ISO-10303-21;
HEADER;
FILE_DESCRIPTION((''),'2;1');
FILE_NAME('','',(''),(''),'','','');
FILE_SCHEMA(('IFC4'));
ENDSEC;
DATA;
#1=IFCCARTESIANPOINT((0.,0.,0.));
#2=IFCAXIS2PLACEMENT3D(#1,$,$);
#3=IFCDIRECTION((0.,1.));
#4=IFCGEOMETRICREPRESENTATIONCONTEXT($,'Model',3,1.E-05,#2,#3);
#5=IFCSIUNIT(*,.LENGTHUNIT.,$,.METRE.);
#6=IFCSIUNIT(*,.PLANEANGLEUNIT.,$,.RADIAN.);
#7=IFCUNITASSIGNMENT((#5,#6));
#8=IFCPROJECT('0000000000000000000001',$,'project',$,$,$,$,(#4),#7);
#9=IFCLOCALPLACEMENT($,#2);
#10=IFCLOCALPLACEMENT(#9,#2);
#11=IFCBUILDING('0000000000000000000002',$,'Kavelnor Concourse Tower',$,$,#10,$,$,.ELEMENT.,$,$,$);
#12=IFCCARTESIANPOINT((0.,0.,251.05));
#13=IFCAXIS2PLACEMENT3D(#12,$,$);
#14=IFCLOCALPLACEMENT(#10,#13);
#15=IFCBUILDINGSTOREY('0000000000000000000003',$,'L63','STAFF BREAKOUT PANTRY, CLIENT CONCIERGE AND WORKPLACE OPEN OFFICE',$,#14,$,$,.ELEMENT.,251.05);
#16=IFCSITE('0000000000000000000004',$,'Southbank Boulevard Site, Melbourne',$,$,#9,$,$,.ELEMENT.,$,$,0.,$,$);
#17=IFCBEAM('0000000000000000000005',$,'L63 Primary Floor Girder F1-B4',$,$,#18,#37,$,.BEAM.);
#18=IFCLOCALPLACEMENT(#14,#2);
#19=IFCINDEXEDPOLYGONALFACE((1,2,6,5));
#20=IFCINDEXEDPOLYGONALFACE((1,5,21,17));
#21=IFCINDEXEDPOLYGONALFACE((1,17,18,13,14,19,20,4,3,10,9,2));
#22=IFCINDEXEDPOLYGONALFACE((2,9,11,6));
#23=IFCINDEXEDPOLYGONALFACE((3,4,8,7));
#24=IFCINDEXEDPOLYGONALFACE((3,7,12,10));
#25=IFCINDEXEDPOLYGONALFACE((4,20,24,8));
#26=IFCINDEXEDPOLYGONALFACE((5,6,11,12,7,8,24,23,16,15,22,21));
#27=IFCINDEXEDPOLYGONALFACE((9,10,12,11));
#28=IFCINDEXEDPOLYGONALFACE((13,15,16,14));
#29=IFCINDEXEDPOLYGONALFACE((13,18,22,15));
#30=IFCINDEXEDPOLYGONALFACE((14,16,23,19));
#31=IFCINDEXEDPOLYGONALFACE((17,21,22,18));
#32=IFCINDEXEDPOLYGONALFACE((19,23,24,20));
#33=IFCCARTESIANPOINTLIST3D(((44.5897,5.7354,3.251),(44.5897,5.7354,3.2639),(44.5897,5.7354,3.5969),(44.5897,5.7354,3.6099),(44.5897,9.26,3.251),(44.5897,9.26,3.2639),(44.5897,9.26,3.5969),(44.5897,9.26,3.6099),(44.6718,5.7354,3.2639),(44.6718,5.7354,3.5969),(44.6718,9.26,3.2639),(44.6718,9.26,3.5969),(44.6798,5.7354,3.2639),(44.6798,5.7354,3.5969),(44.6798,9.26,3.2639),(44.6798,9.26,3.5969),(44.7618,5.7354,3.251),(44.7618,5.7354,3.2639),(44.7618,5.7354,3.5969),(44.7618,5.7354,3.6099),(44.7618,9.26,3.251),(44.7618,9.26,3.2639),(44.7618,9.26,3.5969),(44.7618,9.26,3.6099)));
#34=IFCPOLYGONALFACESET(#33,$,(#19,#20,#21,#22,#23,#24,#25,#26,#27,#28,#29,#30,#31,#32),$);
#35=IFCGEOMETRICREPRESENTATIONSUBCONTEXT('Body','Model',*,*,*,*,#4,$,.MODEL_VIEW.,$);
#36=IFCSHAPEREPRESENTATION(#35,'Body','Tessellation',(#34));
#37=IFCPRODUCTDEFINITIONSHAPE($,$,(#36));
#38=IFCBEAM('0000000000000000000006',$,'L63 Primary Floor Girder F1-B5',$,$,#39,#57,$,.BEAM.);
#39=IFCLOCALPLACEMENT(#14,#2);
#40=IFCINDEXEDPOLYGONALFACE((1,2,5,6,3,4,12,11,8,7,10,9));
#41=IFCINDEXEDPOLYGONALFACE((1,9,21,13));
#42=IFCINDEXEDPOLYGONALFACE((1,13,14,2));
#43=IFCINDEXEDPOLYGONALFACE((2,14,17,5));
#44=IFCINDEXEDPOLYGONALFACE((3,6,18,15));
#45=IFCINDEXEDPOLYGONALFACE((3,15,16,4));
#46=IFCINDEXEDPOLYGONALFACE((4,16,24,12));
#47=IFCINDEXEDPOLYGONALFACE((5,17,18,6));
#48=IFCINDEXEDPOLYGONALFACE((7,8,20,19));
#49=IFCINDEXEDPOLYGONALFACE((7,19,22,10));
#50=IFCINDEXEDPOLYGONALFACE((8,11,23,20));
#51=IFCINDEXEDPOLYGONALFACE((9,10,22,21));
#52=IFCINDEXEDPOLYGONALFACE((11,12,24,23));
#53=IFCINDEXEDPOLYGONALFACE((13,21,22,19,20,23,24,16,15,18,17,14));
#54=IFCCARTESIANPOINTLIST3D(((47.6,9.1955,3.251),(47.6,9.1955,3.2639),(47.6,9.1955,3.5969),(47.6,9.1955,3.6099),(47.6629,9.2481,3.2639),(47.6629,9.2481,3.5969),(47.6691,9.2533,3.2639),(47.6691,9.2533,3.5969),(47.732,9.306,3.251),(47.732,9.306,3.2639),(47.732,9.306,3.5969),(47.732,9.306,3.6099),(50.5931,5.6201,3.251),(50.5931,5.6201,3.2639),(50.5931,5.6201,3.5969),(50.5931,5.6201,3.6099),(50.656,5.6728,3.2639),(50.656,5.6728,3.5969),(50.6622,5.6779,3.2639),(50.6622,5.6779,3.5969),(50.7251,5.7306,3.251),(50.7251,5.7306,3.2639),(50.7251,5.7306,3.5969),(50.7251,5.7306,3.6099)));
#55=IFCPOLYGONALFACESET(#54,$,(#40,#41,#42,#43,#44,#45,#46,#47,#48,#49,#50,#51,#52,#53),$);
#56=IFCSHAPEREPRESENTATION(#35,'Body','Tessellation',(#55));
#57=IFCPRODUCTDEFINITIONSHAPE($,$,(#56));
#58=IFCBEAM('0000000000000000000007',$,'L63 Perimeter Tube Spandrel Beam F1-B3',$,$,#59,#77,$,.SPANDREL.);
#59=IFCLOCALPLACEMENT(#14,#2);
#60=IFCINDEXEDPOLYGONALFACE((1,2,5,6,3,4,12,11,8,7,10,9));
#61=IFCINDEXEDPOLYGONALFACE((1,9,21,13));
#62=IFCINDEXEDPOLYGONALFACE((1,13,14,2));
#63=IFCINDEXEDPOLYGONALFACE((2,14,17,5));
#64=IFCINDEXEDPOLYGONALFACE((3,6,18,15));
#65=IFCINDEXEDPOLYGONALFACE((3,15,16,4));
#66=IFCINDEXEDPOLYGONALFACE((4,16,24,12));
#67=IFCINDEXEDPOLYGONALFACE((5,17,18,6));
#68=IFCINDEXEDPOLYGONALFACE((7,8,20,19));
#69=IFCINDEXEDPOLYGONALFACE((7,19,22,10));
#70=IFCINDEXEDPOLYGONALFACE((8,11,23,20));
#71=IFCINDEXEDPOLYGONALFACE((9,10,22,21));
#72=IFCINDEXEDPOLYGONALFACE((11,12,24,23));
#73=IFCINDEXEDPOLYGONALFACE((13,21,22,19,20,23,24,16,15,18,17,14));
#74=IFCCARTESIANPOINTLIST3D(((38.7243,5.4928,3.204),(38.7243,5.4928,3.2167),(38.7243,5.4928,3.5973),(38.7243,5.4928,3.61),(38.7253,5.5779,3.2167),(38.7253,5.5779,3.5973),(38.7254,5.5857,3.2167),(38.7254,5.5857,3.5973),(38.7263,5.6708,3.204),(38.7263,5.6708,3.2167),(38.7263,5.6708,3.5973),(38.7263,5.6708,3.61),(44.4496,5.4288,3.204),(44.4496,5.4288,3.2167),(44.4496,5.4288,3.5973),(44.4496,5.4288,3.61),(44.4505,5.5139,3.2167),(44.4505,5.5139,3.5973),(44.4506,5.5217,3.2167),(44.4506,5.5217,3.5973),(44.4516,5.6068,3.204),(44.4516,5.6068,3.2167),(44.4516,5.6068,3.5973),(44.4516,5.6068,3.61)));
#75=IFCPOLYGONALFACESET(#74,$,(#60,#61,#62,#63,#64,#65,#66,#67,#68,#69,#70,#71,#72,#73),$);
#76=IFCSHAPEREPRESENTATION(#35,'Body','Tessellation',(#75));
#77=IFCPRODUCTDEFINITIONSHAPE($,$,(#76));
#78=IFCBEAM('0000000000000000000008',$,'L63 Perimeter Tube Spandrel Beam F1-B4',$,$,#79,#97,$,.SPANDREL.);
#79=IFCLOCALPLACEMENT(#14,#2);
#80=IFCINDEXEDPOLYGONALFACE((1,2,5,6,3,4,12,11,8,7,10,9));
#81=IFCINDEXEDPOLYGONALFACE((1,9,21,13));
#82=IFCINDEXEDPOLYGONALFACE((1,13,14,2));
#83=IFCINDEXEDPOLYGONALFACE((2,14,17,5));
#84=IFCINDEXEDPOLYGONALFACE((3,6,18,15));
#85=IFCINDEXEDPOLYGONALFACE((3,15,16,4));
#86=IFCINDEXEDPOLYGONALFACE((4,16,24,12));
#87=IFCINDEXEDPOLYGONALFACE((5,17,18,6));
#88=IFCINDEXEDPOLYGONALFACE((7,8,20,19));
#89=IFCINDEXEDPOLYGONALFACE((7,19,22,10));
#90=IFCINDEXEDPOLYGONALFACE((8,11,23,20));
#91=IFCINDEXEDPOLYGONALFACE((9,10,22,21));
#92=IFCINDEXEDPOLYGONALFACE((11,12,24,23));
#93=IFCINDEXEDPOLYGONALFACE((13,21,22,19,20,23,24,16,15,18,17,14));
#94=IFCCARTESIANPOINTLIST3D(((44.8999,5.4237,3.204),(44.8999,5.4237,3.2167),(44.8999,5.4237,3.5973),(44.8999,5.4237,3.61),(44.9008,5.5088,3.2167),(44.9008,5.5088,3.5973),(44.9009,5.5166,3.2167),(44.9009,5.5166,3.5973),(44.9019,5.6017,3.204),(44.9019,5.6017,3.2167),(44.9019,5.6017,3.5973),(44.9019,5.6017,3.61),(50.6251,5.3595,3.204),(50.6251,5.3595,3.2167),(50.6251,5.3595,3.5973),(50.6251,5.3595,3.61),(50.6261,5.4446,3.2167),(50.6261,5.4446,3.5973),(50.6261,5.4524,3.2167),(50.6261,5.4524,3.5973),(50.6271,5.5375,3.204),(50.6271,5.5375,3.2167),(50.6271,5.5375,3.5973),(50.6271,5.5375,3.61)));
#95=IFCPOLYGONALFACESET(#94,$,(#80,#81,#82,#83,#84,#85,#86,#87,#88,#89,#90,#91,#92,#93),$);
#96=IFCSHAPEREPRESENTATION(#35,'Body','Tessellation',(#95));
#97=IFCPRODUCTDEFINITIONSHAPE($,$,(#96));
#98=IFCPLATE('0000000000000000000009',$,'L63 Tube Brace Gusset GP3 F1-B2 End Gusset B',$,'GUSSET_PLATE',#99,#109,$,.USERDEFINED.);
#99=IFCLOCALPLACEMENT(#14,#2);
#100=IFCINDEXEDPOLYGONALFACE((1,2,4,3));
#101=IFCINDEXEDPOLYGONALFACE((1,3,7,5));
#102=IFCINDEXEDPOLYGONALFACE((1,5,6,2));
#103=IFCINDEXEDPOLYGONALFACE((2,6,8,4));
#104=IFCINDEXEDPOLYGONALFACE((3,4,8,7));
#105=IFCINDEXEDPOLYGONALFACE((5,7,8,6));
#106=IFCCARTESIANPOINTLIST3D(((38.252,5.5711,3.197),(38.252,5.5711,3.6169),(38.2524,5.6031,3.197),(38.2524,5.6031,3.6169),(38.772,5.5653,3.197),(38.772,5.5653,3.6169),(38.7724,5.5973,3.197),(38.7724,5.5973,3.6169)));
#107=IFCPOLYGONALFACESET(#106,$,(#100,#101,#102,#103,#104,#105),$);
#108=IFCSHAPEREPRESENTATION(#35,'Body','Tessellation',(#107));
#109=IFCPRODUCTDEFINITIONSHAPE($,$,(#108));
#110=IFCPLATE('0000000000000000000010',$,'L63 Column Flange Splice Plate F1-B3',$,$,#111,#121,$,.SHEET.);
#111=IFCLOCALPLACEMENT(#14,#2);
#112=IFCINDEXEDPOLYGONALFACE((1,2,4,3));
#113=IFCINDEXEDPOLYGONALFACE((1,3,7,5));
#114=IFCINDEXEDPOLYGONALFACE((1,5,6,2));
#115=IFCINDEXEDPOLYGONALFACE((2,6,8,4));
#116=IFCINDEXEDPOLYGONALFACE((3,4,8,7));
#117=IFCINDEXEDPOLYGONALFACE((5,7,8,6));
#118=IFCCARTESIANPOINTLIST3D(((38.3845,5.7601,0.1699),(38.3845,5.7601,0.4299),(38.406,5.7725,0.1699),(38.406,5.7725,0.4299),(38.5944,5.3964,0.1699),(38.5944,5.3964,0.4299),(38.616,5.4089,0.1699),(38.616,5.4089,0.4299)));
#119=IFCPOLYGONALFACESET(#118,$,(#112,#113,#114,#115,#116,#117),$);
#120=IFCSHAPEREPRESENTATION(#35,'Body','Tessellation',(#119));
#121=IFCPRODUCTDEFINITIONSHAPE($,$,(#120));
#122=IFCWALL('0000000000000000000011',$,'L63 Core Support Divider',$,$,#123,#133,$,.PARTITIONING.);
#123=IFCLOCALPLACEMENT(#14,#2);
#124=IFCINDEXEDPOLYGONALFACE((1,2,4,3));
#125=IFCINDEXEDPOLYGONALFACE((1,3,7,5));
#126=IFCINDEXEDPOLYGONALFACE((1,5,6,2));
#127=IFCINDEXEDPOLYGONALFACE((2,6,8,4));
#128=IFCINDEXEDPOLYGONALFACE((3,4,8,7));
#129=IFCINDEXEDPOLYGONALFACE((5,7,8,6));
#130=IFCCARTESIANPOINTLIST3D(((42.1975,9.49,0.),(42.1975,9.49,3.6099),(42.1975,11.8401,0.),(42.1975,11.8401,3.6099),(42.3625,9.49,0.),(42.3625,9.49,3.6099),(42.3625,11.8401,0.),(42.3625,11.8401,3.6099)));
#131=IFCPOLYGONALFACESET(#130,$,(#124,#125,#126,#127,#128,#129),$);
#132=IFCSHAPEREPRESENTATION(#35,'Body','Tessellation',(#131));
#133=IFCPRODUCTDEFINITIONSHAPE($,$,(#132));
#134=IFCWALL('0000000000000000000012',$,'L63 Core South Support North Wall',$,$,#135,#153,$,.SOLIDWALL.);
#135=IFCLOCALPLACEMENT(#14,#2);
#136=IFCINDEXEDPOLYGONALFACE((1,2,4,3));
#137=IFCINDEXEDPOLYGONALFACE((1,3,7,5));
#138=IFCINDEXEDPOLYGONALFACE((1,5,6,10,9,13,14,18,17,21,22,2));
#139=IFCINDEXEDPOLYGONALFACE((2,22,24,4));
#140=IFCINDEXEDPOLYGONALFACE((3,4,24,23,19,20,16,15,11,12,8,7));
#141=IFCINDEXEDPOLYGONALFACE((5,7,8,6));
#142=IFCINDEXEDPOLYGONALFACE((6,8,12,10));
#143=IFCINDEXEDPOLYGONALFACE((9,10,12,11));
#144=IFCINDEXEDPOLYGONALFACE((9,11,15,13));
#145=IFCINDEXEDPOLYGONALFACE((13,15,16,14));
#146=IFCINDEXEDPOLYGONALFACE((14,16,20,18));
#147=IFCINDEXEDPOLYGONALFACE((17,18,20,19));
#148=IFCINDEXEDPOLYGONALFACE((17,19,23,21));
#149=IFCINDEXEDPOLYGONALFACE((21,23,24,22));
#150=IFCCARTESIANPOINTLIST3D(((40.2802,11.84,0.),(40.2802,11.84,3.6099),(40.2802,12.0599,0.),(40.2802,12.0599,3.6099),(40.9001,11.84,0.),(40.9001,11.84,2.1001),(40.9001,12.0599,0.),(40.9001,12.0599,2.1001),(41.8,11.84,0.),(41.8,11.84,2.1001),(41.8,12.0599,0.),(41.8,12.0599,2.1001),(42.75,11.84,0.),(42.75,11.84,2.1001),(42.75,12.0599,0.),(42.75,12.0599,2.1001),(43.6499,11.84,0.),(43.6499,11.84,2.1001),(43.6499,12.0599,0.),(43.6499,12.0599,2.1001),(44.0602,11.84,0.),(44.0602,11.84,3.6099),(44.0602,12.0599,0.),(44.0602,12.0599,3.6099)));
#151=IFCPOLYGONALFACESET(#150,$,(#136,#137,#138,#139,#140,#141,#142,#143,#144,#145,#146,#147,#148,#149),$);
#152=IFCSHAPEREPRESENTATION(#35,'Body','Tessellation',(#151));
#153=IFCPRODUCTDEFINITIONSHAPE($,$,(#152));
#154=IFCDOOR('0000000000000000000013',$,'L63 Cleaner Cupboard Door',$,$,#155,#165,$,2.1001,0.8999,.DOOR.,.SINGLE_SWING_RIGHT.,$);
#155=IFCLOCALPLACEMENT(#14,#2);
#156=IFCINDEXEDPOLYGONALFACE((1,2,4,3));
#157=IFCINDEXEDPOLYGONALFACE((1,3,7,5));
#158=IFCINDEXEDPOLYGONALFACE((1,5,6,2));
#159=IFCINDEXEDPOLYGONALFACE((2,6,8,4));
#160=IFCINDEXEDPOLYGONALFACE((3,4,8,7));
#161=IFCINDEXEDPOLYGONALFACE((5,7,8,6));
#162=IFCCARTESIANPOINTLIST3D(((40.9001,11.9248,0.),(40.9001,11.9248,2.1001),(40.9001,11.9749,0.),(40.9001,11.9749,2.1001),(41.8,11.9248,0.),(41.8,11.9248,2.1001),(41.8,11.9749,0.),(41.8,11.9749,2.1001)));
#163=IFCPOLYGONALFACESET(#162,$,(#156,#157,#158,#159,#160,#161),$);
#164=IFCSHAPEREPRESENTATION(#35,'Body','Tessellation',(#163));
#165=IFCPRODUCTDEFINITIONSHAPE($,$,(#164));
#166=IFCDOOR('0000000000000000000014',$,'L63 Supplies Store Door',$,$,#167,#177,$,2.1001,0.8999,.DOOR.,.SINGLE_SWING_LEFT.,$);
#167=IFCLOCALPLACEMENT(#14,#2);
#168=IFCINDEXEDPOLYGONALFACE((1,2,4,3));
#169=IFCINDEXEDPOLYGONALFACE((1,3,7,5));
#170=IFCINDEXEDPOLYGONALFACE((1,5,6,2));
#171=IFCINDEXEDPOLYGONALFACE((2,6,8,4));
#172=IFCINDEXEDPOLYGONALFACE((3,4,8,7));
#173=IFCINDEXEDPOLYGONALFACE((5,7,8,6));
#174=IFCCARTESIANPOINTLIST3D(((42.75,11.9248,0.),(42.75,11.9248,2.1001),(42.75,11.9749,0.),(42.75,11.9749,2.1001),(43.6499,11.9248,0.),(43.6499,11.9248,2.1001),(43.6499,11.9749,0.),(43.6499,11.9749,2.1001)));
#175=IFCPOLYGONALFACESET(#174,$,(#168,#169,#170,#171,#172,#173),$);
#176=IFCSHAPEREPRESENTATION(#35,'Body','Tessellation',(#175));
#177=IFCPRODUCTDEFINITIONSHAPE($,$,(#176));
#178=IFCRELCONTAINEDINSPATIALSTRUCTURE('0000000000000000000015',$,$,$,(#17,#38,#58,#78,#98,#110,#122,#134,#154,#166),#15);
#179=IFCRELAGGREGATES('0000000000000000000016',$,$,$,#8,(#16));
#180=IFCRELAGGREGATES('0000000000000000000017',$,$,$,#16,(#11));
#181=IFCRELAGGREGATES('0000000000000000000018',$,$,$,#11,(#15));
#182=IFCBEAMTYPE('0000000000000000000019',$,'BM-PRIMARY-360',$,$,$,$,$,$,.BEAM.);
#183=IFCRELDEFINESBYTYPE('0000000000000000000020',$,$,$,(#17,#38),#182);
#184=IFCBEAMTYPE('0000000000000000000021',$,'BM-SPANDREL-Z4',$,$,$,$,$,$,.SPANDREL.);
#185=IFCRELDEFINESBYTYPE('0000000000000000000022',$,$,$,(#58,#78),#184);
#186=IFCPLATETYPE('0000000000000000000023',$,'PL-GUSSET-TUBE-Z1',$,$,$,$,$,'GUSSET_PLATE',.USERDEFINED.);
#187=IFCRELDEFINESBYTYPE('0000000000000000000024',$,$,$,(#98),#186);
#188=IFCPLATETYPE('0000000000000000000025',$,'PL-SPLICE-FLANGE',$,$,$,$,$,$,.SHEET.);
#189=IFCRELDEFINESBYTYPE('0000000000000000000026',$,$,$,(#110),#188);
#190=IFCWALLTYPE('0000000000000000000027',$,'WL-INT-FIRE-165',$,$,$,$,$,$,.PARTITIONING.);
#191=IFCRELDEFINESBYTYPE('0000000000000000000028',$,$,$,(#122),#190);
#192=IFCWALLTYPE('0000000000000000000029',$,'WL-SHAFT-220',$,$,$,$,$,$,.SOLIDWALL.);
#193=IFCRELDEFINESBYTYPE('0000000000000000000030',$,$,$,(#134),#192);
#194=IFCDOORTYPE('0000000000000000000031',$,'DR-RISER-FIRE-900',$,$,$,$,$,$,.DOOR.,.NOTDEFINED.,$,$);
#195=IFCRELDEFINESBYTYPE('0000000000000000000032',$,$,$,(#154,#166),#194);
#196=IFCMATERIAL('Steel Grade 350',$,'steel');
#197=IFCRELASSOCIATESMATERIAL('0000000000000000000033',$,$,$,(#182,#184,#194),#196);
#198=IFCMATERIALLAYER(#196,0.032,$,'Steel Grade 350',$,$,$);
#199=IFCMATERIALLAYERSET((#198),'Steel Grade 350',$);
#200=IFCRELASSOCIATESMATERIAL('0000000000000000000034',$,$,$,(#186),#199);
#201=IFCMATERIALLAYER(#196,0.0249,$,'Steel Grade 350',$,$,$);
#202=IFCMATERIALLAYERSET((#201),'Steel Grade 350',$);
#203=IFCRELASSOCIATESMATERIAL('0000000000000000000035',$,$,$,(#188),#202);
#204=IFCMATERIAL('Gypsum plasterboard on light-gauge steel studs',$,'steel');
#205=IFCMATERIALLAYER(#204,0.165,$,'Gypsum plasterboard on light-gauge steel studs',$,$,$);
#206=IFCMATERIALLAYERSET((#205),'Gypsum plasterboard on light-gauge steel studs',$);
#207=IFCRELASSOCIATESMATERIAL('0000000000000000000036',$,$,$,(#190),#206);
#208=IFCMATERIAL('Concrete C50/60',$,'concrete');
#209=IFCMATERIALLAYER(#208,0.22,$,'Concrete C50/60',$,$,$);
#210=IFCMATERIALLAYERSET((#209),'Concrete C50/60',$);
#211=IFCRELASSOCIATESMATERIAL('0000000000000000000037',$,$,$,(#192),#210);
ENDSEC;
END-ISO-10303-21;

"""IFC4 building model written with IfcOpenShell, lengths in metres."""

from ifc_helpers import new_model, si_unit, direction, frame, frame_2d, origin, origin_2d, place, context, subcontext, project, spatial, rectangle, i_section, extrude, material, layer, layer_set, material_profile, profile_set, type_object, element, fill, save


model = new_model("IFC4")

# Units and contexts
model_context = context("Model", 3, precision=1e-05, world=origin(), true_north=direction((0.0, 1.0)))
body_context = subcontext(model_context, "Body", "Model", "MODEL_VIEW")
ifc_project = project(units=[si_unit("LENGTHUNIT", "METRE"), si_unit("PLANEANGLEUNIT", "RADIAN")], contexts=[model_context])

# Site, building, storey
site_placement = place(None, origin())
site = spatial("IfcSite", under=ifc_project, at=site_placement, Name="Southbank Boulevard Site, Melbourne", CompositionType="ELEMENT", RefElevation=0.0)
building_placement = place(site_placement, origin())
building = spatial("IfcBuilding", under=site, at=building_placement, Name="Kavelnor Concourse Tower", CompositionType="ELEMENT")
storey_placement = place(building_placement, frame((0.0, 0.0, 251.05)))
storey = spatial("IfcBuildingStorey", under=building, at=storey_placement, Name="L63", Description="STAFF BREAKOUT PANTRY, CLIENT CONCIERGE AND WORKPLACE OPEN OFFICE", CompositionType="ELEMENT", Elevation=251.05)

# Shared definitions
ifc_material_1 = material(Name="Steel Grade 350", Category="steel")

# Beams
ifc_material_profile_1 = material_profile(ifc_material_1, i_section(OverallWidth=0.1721, OverallDepth=0.3589, WebThickness=0.0081, FlangeThickness=0.0129, at=origin_2d()), Name="360UB56")
ifc_profile_set_1 = profile_set([ifc_material_profile_1], Name="Steel Grade 350")
beam_type_1 = type_object("IfcBeamType", Name="BM-PRIMARY-360", PredefinedType="BEAM", material=ifc_profile_set_1)
beam_1_placement = place(storey_placement, frame((44.6758, 9.26, 3.4304), z_axis=(0.0, -1.0, 0.0), x_axis=(1.0, 0.0, 0.0)))
element("IfcBeam", 1, at=beam_1_placement, inside=storey, type_object=beam_type_1, Name="L63 Primary Floor Girder F1-B4", PredefinedType="BEAM", context=body_context, shape_type="SweptSolid", body=[
    extrude(i_section(OverallWidth=0.1721, OverallDepth=0.3589, WebThickness=0.0081, FlangeThickness=0.0129, at=origin_2d()), origin(), (0.0, 0.0, 1.0), 3.5247),
])
beam_2_placement = place(storey_placement, frame((47.666, 9.2507, 3.4304), z_axis=(0.641908, -0.766782, 0.0), x_axis=(0.766782, 0.641908, 0.0)))
element("IfcBeam", 2, at=beam_2_placement, inside=storey, type_object=beam_type_1, Name="L63 Primary Floor Girder F1-B5", PredefinedType="BEAM", context=body_context, shape_type="SweptSolid", body=[
    extrude(i_section(OverallWidth=0.1721, OverallDepth=0.3589, WebThickness=0.0081, FlangeThickness=0.0129, at=origin_2d()), origin(), (0.0, 0.0, 1.0), 4.6628),
])
ifc_material_profile_2 = material_profile(ifc_material_1, i_section(OverallWidth=0.178, OverallDepth=0.406, WebThickness=0.0078, FlangeThickness=0.0127, at=origin_2d()), Name="410UB59")
ifc_profile_set_2 = profile_set([ifc_material_profile_2], Name="Steel Grade 350")
beam_type_2 = type_object("IfcBeamType", Name="BM-SPANDREL-Z4", PredefinedType="SPANDREL", material=ifc_profile_set_2)
for number, where, z_axis, x_axis, name in (
    (3, (38.7253, 5.5818, 3.407), (0.999938, -0.011172, 0.0), (0.011172, 0.999938, 0.0), "L63 Perimeter Tube Spandrel Beam F1-B3"),
    (4, (44.9009, 5.5127, 3.407), (0.999937, -0.011214, 0.0), (0.011214, 0.999937, 0.0), "L63 Perimeter Tube Spandrel Beam F1-B4"),
):
    element("IfcBeam", number, at=place(storey_placement, frame(where, z_axis=z_axis, x_axis=x_axis)), inside=storey, type_object=beam_type_2, Name=name, PredefinedType="SPANDREL", context=body_context, shape_type="SweptSolid", body=[
        extrude(i_section(OverallWidth=0.178, OverallDepth=0.406, WebThickness=0.0078, FlangeThickness=0.0127, at=origin_2d()), origin(), (0.0, 0.0, 1.0), 5.7256),
    ])

# Plates
ifc_layer_1 = layer(ifc_material_1, 0.032, Name="Steel Grade 350")
ifc_layer_set_1 = layer_set([ifc_layer_1], Name="Steel Grade 350")
plate_type_1 = type_object("IfcPlateType", Name="PL-GUSSET-TUBE-Z1", ElementType="GUSSET_PLATE", PredefinedType="USERDEFINED", material=ifc_layer_set_1)
plate_1_placement = place(storey_placement, frame((38.5122, 5.5842, 3.197), z_axis=(0.0, 0.0, 1.0), x_axis=(0.999938, -0.01117, 0.0)))
element("IfcPlate", 5, at=plate_1_placement, inside=storey, type_object=plate_type_1, Name="L63 Tube Brace Gusset GP3 F1-B2 End Gusset B", ObjectType="GUSSET_PLATE", PredefinedType="USERDEFINED", context=body_context, shape_type="SweptSolid", body=[
    extrude(rectangle(XDim=0.52, YDim=0.032, at=origin_2d()), origin(), (0.0, 0.0, 1.0), 0.4199),
])
ifc_layer_2 = layer(ifc_material_1, 0.0249, Name="Steel Grade 350")
ifc_layer_set_2 = layer_set([ifc_layer_2], Name="Steel Grade 350")
plate_type_2 = type_object("IfcPlateType", Name="PL-SPLICE-FLANGE", PredefinedType="SHEET", material=ifc_layer_set_2)
plate_2_placement = place(storey_placement, frame((38.5002, 5.5845, 0.1699), z_axis=(0.0, 0.0, 1.0), x_axis=(-0.5, 0.866025, 0.0)))
element("IfcPlate", 6, at=plate_2_placement, inside=storey, type_object=plate_type_2, Name="L63 Column Flange Splice Plate F1-B3", PredefinedType="SHEET", context=body_context, shape_type="SweptSolid", body=[
    extrude(rectangle(XDim=0.4199, YDim=0.0249, at=origin_2d()), origin(), (0.0, 0.0, 1.0), 0.26),
])

# Wall
ifc_material_2 = material(Name="Gypsum plasterboard on light-gauge steel studs", Category="steel")
ifc_layer_3 = layer(ifc_material_2, 0.165, Name="Gypsum plasterboard on light-gauge steel studs")
ifc_layer_set_3 = layer_set([ifc_layer_3], Name="Gypsum plasterboard on light-gauge steel studs")
wall_type_1 = type_object("IfcWallType", Name="WL-INT-FIRE-165", PredefinedType="PARTITIONING", material=ifc_layer_set_3)
wall_1_placement = place(storey_placement, frame((42.28, 9.49, 0.0), z_axis=(0.0, 0.0, 1.0), x_axis=(0.0, 1.0, 0.0)))
element("IfcWall", 7, at=wall_1_placement, inside=storey, type_object=wall_type_1, Name="L63 Core Support Divider", PredefinedType="PARTITIONING", context=body_context, shape_type="SweptSolid", body=[
    extrude(rectangle(XDim=2.3501, YDim=0.165, at=frame_2d((1.175, 0.0))), origin(), (0.0, 0.0, 1.0), 3.6099),
])

# Wall, openings, doors
ifc_material_3 = material(Name="Concrete C50/60", Category="concrete")
ifc_layer_4 = layer(ifc_material_3, 0.22, Name="Concrete C50/60")
ifc_layer_set_4 = layer_set([ifc_layer_4], Name="Concrete C50/60")
wall_type_2 = type_object("IfcWallType", Name="WL-SHAFT-220", PredefinedType="SOLIDWALL", material=ifc_layer_set_4)
wall_2_placement = place(storey_placement, frame((40.28, 11.95, 0.0), z_axis=(0.0, 0.0, 1.0), x_axis=(1.0, 0.0, 0.0)))
wall_2 = element("IfcWall", 8, at=wall_2_placement, inside=storey, type_object=wall_type_2, Name="L63 Core South Support North Wall", PredefinedType="SOLIDWALL", context=body_context, shape_type="SweptSolid", body=[
    extrude(rectangle(XDim=3.78, YDim=0.22, at=frame_2d((1.8901, 0.0))), origin(), (0.0, 0.0, 1.0), 3.6099),
])
opening_1_placement = place(wall_2_placement, frame((0.6201, 0.0, 0.0)))
opening_1 = element("IfcOpeningElement", 9, at=opening_1_placement, cuts=wall_2, PredefinedType="OPENING", context=body_context, shape_type="SweptSolid", body=[
    extrude(rectangle(XDim=0.8999, YDim=2.1001, at=frame_2d((0.45, 1.05))), frame((0.0, 0.1201, 0.0), z_axis=(0.0, -1.0, 0.0), x_axis=(1.0, 0.0, 0.0)), (0.0, 0.0, 1.0), 0.24),
])
opening_2_placement = place(wall_2_placement, frame((2.47, 0.0, 0.0)))
opening_2 = element("IfcOpeningElement", 10, at=opening_2_placement, cuts=wall_2, PredefinedType="OPENING", context=body_context, shape_type="SweptSolid", body=[
    extrude(rectangle(XDim=0.8999, YDim=2.1001, at=frame_2d((0.45, 1.05))), frame((0.0, 0.1201, 0.0), z_axis=(0.0, -1.0, 0.0), x_axis=(1.0, 0.0, 0.0)), (0.0, 0.0, 1.0), 0.24),
])
door_type_1 = type_object("IfcDoorType", Name="DR-RISER-FIRE-900", OperationType="NOTDEFINED", PredefinedType="DOOR", material=ifc_material_1)
door_1_placement = place(opening_1_placement, origin())
door_1 = element("IfcDoor", 11, at=door_1_placement, inside=storey, type_object=door_type_1, Name="L63 Cleaner Cupboard Door", OperationType="SINGLE_SWING_RIGHT", OverallHeight=2.1001, OverallWidth=0.8999, PredefinedType="DOOR", context=body_context, shape_type="SweptSolid", body=[
    extrude(rectangle(XDim=0.8999, YDim=2.1001, at=frame_2d((0.45, 1.05))), frame((0.0, 0.0249, 0.0), z_axis=(0.0, -1.0, 0.0), x_axis=(1.0, 0.0, 0.0)), (0.0, 0.0, 1.0), 0.05),
])
fill(opening_1, door_1)
door_2_placement = place(opening_2_placement, origin())
door_2 = element("IfcDoor", 12, at=door_2_placement, inside=storey, type_object=door_type_1, Name="L63 Supplies Store Door", OperationType="SINGLE_SWING_LEFT", OverallHeight=2.1001, OverallWidth=0.8999, PredefinedType="DOOR", context=body_context, shape_type="SweptSolid", body=[
    extrude(rectangle(XDim=0.8999, YDim=2.1001, at=frame_2d((0.45, 1.05))), frame((0.0, 0.0249, 0.0), z_axis=(0.0, -1.0, 0.0), x_axis=(1.0, 0.0, 0.0)), (0.0, 0.0, 1.0), 0.05),
])
fill(opening_2, door_2)

save(model, "model.ifc")
